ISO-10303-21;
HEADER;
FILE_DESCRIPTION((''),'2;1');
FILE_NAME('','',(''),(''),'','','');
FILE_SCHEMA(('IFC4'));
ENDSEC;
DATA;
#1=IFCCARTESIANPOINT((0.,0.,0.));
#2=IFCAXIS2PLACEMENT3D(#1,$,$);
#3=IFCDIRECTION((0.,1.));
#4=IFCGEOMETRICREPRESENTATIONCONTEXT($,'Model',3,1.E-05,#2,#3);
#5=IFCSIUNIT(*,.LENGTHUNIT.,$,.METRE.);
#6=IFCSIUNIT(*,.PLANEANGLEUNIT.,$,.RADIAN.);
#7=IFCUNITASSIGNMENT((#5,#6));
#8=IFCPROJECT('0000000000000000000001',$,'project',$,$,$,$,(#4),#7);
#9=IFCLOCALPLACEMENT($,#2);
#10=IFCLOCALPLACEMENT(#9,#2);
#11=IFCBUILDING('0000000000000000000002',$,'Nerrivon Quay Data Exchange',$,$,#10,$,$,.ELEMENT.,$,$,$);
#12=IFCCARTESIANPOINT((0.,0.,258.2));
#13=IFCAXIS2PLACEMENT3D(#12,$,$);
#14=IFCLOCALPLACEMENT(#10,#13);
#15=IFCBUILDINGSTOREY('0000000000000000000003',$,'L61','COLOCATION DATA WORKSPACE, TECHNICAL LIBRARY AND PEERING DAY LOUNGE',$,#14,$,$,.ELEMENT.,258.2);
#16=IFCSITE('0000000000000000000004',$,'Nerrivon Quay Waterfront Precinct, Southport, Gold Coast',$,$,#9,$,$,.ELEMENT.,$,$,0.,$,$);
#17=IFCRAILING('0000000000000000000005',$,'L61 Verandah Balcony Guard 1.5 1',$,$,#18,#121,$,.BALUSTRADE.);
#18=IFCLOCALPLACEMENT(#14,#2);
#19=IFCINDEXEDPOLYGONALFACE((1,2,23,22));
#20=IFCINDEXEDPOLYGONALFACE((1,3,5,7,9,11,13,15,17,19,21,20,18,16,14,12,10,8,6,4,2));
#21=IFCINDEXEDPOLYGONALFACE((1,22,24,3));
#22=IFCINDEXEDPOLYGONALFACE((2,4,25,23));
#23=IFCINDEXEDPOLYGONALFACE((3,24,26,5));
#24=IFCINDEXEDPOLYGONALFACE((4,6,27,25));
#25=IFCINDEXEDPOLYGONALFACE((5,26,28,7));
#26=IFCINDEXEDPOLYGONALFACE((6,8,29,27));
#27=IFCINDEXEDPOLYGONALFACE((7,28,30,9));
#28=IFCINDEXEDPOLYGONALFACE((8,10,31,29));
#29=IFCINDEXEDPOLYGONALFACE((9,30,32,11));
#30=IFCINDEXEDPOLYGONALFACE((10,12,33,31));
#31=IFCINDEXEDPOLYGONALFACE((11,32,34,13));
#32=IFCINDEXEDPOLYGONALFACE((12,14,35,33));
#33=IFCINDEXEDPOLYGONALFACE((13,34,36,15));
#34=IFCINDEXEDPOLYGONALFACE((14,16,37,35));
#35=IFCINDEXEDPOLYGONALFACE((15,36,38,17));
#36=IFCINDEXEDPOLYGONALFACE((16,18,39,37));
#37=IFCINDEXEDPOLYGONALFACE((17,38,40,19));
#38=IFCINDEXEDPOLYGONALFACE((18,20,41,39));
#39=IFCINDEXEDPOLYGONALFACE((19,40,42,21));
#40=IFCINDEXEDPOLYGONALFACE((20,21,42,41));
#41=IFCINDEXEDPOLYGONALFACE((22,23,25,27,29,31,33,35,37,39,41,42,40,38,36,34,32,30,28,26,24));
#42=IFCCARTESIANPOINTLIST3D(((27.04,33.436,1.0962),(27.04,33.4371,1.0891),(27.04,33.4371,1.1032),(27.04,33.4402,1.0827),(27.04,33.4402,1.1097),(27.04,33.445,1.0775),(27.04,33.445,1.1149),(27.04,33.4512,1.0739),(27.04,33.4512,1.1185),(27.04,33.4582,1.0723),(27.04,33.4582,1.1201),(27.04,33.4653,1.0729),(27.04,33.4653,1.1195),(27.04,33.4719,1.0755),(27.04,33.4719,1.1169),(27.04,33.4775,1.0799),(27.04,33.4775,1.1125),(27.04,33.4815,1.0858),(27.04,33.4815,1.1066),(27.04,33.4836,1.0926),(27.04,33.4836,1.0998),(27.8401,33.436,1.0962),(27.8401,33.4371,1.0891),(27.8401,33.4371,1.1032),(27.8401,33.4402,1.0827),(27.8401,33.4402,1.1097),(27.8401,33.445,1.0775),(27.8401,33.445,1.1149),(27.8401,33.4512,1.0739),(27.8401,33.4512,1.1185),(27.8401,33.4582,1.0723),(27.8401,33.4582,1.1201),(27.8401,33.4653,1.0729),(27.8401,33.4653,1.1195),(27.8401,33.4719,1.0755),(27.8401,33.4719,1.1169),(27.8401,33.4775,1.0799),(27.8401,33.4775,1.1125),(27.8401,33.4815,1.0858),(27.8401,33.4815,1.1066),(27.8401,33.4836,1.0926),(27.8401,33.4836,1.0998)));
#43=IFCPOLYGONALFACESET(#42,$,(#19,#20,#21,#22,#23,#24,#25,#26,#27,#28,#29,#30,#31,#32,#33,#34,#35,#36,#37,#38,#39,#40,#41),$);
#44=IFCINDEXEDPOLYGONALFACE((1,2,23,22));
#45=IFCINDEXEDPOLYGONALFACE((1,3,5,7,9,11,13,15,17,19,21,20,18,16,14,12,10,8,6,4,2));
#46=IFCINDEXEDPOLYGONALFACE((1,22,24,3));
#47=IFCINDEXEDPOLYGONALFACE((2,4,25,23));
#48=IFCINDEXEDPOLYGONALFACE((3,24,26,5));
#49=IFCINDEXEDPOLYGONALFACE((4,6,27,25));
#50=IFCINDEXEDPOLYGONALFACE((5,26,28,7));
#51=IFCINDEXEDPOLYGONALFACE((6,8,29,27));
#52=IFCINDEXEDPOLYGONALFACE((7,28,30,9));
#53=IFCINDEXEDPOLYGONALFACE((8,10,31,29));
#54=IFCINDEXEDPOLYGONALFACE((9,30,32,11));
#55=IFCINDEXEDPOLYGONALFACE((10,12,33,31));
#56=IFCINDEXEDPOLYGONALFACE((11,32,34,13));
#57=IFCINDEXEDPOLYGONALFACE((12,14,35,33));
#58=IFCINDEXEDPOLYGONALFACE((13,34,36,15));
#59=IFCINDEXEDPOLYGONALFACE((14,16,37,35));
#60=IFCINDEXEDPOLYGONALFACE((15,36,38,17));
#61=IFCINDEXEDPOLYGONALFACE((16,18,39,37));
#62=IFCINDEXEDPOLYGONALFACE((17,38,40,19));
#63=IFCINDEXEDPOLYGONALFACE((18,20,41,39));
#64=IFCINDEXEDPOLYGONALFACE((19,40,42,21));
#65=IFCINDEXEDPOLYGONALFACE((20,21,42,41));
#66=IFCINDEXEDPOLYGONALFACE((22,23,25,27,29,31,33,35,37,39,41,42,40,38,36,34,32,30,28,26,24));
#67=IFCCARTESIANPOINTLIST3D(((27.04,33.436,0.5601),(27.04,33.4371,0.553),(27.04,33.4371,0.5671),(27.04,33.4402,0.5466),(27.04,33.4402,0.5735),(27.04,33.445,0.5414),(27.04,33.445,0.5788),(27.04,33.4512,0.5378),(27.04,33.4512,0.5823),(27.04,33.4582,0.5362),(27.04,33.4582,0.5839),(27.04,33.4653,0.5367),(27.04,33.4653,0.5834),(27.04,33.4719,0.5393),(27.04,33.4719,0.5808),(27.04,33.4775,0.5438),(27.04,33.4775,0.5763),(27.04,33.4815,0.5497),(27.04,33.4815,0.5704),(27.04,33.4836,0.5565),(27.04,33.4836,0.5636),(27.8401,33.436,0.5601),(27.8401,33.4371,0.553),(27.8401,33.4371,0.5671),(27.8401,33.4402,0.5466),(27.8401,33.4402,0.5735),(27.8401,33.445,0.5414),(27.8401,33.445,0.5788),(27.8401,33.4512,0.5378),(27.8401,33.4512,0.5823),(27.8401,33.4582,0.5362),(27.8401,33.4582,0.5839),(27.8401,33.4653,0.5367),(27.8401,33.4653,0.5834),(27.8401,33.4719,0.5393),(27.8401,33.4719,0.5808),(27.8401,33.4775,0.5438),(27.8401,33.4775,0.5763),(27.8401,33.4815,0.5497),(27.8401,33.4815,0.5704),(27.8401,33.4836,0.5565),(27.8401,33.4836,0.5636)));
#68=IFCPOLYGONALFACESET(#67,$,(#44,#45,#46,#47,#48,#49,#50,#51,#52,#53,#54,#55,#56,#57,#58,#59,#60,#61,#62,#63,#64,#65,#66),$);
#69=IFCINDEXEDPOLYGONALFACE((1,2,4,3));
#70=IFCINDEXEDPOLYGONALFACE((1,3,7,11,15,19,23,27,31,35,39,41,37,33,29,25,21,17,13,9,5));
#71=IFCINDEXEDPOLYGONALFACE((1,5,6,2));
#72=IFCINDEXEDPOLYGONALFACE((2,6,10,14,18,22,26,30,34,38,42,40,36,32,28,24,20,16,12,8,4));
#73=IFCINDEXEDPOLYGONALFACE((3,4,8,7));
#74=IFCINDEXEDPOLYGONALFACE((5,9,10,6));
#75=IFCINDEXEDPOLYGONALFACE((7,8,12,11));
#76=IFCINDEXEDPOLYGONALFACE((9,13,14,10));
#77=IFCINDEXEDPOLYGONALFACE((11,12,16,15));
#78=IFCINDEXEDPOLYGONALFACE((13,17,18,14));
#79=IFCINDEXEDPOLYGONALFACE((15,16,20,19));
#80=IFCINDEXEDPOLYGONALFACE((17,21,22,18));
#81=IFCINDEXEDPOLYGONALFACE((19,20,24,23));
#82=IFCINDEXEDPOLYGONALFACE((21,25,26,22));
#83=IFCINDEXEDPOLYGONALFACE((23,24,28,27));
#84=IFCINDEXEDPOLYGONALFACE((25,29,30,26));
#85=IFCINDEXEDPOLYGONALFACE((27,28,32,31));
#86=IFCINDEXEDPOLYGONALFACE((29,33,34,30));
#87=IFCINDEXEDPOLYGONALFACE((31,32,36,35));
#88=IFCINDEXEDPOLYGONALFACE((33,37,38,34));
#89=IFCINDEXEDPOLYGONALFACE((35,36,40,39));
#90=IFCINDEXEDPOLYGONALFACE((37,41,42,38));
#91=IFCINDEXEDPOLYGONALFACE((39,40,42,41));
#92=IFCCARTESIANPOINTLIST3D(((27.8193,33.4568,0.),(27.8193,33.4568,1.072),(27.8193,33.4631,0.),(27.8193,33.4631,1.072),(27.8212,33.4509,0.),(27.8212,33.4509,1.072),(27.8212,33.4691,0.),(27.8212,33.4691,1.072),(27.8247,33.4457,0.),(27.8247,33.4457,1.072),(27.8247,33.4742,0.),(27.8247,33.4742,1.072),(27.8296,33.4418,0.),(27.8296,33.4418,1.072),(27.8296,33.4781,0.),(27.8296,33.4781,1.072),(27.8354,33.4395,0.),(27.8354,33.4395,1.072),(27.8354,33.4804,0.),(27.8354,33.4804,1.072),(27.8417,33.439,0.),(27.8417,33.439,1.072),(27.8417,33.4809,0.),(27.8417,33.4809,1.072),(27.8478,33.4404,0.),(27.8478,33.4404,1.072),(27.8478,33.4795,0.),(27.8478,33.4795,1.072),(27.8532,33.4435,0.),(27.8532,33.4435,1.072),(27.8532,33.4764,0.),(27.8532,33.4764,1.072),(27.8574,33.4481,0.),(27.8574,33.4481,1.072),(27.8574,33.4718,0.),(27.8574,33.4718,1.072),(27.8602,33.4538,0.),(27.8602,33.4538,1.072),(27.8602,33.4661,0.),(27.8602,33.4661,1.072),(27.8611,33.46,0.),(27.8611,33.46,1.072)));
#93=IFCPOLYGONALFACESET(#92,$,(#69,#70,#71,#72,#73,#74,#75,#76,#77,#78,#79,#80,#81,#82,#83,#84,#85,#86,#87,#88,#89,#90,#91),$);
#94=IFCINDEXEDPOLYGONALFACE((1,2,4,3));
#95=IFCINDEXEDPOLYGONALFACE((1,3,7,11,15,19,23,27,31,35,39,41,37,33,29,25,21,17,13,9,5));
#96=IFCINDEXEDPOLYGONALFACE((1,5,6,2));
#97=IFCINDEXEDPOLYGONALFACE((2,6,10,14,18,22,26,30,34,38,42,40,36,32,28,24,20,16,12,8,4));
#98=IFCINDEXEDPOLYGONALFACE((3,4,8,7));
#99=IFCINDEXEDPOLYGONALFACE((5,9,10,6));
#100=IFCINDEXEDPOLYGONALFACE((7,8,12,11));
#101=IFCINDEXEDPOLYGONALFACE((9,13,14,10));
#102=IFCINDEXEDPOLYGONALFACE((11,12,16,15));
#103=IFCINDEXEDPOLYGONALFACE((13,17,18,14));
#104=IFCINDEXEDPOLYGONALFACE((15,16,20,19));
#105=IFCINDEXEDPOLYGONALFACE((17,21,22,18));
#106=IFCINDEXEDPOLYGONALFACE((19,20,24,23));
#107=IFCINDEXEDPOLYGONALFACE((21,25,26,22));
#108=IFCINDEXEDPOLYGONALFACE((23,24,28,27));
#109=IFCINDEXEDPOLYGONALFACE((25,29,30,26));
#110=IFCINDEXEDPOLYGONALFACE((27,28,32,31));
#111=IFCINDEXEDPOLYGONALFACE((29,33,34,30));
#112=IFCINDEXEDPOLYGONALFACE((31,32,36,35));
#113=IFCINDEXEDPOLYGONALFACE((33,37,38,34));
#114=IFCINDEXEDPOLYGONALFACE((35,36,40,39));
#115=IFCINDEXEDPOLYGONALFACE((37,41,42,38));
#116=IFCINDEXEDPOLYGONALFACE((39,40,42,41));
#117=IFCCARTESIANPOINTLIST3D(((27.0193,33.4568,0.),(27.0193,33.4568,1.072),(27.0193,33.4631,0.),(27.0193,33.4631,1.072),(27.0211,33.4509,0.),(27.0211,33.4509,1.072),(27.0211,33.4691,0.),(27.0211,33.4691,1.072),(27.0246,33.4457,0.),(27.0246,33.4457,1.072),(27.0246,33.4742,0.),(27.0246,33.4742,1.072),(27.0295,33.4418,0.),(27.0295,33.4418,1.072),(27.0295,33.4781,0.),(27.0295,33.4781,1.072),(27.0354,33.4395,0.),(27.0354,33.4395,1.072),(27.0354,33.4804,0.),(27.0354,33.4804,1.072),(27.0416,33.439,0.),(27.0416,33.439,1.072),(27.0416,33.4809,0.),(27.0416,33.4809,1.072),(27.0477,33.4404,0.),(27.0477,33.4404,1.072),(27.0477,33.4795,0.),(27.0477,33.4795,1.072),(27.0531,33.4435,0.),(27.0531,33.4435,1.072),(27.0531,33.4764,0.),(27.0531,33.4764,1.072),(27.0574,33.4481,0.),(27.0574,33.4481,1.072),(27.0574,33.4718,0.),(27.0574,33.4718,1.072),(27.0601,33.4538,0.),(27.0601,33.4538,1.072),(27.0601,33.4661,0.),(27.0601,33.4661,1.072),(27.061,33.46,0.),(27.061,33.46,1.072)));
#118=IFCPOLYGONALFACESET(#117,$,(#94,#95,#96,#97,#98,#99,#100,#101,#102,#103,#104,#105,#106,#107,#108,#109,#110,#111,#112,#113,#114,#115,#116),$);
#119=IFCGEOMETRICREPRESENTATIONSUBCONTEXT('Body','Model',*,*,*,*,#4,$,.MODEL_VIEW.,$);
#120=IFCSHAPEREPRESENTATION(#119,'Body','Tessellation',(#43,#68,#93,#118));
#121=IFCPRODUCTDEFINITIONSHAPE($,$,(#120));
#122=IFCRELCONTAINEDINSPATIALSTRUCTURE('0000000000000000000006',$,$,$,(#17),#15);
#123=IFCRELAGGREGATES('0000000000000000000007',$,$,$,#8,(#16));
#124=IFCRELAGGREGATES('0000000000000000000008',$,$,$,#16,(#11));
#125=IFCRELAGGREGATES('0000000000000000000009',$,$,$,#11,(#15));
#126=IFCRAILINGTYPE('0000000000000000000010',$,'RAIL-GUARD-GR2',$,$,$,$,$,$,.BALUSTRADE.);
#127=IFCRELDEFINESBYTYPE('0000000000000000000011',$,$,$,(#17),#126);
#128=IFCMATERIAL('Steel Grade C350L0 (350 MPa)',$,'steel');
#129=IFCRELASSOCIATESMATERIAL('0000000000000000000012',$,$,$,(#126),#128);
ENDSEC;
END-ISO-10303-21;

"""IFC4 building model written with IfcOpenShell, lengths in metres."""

from ifc_helpers import new_model, si_unit, direction, frame, origin, origin_2d, place, context, subcontext, project, spatial, circle, extrude, material, type_object, element, save


model = new_model("IFC4")

# Units and contexts
model_context = context("Model", 3, precision=1e-05, world=origin(), true_north=direction((0.0, 1.0)))
body_context = subcontext(model_context, "Body", "Model", "MODEL_VIEW")
ifc_project = project(units=[si_unit("LENGTHUNIT", "METRE"), si_unit("PLANEANGLEUNIT", "RADIAN")], contexts=[model_context])

# Site, building, storey
site_placement = place(None, origin())
site = spatial("IfcSite", under=ifc_project, at=site_placement, Name="Nerrivon Quay Waterfront Precinct, Southport, Gold Coast", CompositionType="ELEMENT", RefElevation=0.0)
building_placement = place(site_placement, origin())
building = spatial("IfcBuilding", under=site, at=building_placement, Name="Nerrivon Quay Data Exchange", CompositionType="ELEMENT")
storey_placement = place(building_placement, frame((0.0, 0.0, 258.2)))
storey = spatial("IfcBuildingStorey", under=building, at=storey_placement, Name="L61", Description="COLOCATION DATA WORKSPACE, TECHNICAL LIBRARY AND PEERING DAY LOUNGE", CompositionType="ELEMENT", Elevation=258.2)

# Shared definitions
ifc_material_1 = material(Name="Steel Grade C350L0 (350 MPa)", Category="steel")

# Railing
railing_type = type_object("IfcRailingType", Name="RAIL-GUARD-GR2", PredefinedType="BALUSTRADE", material=ifc_material_1)
railing_1_placement = place(storey_placement, frame((27.8401, 33.46, 0.0)))
element("IfcRailing", 1, at=railing_1_placement, inside=storey, type_object=railing_type, Name="L61 Verandah Balcony Guard 1.5 1", PredefinedType="BALUSTRADE", context=body_context, shape_type="SweptSolid", body=[
    extrude(circle(Radius=0.0239, at=origin_2d()), frame((0.0, 0.0, 1.0962), z_axis=(-1.0, 0.0, 0.0), x_axis=(0.0, -1.0, 0.0)), (0.0, 0.0, 1.0), 0.8),
    extrude(circle(Radius=0.0239, at=origin_2d()), frame((0.0, 0.0, 0.5601), z_axis=(-1.0, 0.0, 0.0), x_axis=(0.0, -1.0, 0.0)), (0.0, 0.0, 1.0), 0.8),
    extrude(circle(Radius=0.021, at=origin_2d()), origin(), (0.0, 0.0, 1.0), 1.072),
    extrude(circle(Radius=0.021, at=origin_2d()), frame((-0.8, 0.0, 0.0)), (0.0, 0.0, 1.0), 1.072),
])

save(model, "model.ifc")
